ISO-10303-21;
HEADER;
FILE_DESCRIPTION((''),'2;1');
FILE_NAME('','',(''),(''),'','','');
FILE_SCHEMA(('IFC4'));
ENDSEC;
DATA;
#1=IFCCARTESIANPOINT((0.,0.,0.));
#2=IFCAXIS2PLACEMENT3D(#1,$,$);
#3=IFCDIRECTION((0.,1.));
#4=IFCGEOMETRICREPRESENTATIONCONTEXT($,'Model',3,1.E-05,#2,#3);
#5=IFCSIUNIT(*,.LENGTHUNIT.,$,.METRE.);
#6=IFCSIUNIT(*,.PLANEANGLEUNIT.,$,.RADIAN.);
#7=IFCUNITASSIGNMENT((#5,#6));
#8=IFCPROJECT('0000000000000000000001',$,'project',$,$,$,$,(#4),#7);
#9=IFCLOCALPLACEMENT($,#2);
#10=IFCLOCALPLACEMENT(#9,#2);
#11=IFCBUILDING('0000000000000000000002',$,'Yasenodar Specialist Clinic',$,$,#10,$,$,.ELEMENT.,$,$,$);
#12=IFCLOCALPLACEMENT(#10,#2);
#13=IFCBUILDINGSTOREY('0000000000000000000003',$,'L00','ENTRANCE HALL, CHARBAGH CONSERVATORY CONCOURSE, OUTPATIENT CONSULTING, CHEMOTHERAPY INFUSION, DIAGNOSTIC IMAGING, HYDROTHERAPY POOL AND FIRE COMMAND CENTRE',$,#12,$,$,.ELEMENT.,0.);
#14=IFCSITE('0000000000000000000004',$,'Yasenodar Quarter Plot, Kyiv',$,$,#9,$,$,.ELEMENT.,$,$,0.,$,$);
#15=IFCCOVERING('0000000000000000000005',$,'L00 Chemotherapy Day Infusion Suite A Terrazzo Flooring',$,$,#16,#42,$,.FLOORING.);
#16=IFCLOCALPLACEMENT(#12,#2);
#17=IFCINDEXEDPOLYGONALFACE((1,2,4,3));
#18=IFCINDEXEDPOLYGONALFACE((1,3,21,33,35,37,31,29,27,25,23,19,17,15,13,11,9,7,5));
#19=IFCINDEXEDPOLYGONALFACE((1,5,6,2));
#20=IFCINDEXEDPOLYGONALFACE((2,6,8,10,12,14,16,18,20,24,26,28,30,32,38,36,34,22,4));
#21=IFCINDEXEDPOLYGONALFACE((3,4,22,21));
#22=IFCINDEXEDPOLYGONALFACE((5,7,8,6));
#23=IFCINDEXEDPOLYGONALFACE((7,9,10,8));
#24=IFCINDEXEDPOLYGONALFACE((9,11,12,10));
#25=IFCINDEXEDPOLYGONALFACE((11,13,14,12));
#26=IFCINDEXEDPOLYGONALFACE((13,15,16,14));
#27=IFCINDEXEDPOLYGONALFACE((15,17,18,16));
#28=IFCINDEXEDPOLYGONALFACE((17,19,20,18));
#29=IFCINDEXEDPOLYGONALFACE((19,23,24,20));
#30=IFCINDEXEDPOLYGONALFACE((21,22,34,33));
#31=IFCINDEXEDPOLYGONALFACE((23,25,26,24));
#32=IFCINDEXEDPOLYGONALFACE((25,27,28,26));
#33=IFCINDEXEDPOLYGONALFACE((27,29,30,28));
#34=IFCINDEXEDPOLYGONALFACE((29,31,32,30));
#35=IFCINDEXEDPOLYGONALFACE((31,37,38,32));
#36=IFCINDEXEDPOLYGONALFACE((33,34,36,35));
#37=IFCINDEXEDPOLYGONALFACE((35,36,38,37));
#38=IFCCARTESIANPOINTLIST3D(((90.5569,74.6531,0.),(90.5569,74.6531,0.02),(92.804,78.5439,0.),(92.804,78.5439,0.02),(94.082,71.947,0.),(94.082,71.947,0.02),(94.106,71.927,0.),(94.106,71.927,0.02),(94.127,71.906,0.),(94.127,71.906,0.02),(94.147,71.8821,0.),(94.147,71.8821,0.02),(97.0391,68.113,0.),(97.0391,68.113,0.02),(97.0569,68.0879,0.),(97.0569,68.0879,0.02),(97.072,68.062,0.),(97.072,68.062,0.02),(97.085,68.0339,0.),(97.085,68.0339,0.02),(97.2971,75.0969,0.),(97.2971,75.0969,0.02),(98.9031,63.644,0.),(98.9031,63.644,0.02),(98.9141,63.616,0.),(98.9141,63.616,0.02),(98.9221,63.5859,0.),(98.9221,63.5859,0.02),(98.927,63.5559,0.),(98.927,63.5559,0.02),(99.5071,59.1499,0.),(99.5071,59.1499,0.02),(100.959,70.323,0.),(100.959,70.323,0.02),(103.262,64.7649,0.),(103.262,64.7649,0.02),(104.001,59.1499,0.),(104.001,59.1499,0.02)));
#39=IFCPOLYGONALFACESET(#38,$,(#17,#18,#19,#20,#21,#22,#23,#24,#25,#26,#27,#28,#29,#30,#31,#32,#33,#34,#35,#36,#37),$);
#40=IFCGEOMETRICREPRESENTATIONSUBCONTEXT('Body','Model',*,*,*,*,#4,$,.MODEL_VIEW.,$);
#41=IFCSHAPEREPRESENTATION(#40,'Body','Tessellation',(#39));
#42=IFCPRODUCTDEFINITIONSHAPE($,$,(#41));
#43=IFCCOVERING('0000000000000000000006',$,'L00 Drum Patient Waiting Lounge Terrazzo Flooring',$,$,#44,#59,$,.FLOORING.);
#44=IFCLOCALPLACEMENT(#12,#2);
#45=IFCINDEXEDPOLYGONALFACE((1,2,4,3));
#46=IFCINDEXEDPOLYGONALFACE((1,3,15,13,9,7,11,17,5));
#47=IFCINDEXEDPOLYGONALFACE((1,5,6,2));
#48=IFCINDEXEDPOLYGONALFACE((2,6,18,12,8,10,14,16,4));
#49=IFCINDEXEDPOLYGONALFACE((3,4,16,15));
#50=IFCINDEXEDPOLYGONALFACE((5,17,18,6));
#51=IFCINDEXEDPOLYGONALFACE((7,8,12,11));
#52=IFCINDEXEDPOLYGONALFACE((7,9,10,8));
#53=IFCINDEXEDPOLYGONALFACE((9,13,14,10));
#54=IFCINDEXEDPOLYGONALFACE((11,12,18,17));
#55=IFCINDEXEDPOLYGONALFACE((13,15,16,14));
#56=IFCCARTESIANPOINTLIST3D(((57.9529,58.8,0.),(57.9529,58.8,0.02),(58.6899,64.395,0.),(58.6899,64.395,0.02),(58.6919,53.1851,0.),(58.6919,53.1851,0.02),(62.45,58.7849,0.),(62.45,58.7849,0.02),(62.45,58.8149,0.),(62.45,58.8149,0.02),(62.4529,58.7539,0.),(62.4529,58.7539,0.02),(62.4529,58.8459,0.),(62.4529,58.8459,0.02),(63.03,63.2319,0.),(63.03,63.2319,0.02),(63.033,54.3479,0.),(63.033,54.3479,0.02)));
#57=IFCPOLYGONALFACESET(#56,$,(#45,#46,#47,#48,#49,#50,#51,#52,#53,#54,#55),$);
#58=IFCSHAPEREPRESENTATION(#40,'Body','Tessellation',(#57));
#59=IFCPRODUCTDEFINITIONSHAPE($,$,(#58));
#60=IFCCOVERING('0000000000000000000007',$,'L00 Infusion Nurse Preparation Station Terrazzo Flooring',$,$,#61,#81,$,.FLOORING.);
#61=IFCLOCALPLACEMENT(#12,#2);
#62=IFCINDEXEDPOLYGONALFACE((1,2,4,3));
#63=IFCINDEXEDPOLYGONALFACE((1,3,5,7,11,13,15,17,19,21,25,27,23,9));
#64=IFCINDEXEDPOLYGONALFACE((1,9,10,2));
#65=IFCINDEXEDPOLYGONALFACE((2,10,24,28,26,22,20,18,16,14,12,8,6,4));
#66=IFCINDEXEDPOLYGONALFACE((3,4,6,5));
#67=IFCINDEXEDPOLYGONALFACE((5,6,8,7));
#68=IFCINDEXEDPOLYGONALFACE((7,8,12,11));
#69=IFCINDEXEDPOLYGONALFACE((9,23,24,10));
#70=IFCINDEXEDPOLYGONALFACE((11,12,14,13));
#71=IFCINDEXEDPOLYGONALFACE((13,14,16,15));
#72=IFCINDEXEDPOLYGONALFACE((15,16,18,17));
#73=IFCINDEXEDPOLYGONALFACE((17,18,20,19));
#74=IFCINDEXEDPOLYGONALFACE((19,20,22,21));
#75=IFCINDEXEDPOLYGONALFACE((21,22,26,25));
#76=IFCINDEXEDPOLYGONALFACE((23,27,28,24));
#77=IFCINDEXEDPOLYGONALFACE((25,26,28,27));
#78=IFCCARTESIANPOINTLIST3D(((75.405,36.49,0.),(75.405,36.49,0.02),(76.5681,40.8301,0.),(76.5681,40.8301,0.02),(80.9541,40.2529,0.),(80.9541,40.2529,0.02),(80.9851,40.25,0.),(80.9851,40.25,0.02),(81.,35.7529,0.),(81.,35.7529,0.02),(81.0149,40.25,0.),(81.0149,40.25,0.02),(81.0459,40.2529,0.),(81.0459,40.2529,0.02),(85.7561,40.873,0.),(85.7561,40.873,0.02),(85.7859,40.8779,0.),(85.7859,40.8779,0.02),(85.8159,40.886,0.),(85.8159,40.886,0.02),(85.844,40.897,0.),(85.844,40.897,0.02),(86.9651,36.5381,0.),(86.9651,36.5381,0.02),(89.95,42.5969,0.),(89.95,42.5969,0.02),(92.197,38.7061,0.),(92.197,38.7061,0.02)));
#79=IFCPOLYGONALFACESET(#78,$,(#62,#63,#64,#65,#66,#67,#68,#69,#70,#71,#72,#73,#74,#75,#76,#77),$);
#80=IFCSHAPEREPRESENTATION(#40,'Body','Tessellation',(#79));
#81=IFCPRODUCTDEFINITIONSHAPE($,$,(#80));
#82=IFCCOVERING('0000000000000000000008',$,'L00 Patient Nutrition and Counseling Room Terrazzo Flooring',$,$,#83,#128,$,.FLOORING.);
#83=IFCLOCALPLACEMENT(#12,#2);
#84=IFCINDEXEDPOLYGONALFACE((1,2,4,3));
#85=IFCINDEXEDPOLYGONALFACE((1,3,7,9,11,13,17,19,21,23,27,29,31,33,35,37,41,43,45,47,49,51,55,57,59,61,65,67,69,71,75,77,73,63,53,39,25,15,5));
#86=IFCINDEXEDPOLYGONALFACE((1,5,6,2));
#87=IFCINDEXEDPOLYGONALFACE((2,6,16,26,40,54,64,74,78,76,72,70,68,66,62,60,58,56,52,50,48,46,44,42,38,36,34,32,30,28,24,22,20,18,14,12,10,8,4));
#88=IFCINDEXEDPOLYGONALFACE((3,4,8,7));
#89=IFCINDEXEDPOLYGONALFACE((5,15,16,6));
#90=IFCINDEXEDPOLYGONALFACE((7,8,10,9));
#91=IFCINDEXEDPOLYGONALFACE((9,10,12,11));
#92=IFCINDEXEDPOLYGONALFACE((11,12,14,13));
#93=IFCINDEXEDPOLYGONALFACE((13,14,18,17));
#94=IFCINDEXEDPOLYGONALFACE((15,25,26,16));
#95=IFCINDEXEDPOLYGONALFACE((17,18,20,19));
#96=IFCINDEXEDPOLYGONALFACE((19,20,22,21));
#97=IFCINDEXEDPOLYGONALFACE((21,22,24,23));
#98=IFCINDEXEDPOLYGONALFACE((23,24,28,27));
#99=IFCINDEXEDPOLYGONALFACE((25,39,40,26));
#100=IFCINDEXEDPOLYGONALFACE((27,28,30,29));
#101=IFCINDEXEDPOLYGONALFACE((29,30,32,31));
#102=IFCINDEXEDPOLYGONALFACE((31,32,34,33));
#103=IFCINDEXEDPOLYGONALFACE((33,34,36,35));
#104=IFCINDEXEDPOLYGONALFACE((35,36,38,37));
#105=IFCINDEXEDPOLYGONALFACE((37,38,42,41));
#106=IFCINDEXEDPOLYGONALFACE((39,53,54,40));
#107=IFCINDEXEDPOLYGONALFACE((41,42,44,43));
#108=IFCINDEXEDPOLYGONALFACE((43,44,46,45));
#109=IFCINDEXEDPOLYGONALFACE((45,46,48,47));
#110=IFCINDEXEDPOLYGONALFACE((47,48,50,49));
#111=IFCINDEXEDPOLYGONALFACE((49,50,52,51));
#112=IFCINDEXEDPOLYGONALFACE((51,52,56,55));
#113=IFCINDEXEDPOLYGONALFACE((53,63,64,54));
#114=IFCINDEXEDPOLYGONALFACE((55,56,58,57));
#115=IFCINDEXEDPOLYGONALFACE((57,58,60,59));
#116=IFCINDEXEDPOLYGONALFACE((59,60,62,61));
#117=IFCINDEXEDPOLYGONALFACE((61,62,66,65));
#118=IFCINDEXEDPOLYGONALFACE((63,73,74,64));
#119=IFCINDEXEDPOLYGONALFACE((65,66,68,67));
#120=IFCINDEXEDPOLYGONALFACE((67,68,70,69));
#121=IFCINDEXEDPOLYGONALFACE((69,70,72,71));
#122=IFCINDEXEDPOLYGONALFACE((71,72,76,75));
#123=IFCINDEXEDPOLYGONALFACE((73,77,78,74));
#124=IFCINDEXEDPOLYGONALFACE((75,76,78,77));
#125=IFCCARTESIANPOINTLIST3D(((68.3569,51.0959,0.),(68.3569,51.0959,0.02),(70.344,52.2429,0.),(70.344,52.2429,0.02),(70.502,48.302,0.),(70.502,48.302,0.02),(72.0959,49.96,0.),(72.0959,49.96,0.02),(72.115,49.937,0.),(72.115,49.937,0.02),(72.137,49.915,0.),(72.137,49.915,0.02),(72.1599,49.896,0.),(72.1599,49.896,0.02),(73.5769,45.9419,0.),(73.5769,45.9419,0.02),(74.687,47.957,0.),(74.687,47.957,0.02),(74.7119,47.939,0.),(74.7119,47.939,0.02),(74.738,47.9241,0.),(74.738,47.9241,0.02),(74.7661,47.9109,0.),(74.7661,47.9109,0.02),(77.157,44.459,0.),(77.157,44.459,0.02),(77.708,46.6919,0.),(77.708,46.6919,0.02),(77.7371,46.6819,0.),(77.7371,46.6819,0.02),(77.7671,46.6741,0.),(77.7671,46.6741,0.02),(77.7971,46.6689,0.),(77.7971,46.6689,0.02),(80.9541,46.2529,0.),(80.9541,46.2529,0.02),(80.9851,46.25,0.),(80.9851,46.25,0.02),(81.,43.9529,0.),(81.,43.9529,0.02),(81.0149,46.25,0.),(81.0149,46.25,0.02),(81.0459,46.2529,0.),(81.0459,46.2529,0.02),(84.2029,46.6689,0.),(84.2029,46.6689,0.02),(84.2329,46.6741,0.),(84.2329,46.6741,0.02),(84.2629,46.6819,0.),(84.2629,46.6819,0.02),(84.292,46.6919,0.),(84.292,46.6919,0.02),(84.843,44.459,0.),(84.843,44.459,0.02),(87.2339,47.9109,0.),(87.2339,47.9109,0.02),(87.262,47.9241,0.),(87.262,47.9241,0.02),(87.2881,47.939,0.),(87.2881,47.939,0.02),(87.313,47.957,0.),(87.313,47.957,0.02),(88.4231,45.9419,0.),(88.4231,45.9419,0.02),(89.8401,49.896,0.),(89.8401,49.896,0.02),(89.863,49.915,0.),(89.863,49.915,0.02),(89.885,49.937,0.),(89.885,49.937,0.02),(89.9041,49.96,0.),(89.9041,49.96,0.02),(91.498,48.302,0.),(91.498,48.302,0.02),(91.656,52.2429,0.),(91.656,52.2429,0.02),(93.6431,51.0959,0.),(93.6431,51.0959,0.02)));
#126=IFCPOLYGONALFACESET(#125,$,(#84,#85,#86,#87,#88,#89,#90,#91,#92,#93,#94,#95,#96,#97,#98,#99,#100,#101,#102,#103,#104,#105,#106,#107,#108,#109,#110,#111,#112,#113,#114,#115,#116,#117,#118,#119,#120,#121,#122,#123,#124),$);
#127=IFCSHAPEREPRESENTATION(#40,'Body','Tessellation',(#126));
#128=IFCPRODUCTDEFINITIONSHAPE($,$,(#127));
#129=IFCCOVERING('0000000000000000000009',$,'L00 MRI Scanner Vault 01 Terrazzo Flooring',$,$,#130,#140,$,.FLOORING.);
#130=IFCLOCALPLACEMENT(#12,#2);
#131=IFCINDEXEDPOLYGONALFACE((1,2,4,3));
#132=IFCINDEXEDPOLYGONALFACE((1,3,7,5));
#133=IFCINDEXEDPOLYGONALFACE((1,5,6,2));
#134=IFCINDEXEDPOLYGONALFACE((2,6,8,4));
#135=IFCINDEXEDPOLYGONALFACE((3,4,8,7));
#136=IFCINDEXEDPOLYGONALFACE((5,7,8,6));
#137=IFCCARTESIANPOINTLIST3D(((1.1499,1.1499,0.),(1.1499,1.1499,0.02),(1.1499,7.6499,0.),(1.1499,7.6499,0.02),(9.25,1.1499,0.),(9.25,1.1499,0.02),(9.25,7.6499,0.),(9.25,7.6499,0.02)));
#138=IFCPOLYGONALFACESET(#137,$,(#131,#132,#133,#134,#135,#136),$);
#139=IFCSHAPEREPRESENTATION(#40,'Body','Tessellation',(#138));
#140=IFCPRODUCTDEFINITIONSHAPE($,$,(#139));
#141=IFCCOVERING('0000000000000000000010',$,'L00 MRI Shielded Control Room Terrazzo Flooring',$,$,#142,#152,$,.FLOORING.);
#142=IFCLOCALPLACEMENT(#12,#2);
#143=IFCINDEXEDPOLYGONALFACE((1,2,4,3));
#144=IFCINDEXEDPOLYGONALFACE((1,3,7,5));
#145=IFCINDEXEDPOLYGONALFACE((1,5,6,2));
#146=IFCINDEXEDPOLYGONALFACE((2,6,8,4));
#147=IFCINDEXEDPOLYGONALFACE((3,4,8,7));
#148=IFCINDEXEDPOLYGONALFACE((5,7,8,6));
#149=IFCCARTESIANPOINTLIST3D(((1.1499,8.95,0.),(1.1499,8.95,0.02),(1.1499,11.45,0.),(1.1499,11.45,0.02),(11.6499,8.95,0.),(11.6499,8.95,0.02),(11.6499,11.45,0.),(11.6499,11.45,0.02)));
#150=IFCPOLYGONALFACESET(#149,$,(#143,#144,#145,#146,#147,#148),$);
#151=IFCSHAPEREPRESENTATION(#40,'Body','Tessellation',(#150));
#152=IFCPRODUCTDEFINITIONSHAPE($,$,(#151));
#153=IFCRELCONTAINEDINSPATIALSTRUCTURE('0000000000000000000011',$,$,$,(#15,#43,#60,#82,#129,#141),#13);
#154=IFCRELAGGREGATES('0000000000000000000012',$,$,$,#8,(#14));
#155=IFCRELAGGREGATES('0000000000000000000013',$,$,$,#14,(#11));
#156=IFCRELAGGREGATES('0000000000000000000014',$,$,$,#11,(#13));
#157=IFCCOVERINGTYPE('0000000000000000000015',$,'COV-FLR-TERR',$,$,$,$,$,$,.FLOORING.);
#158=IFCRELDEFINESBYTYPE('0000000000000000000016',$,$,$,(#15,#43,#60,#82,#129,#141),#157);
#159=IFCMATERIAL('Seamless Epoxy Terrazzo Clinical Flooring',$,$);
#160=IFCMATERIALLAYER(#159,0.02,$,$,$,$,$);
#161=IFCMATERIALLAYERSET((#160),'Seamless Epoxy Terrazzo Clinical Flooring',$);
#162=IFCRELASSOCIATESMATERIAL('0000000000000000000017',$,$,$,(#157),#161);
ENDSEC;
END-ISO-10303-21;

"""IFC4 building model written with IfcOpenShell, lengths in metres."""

from ifc_helpers import new_model, si_unit, direction, origin, place, context, subcontext, project, spatial, polyline, outline, extrude, material, layer, layer_set, type_object, element, save


model = new_model("IFC4")

# Units and contexts
model_context = context("Model", 3, precision=1e-05, world=origin(), true_north=direction((0.0, 1.0)))
body_context = subcontext(model_context, "Body", "Model", "MODEL_VIEW")
ifc_project = project(units=[si_unit("LENGTHUNIT", "METRE"), si_unit("PLANEANGLEUNIT", "RADIAN")], contexts=[model_context])

# Site, building, storey
site_placement = place(None, origin())
site = spatial("IfcSite", under=ifc_project, at=site_placement, Name="Yasenodar Quarter Plot, Kyiv", CompositionType="ELEMENT", RefElevation=0.0)
building_placement = place(site_placement, origin())
building = spatial("IfcBuilding", under=site, at=building_placement, Name="Yasenodar Specialist Clinic", CompositionType="ELEMENT")
storey_placement = place(building_placement, origin())
storey = spatial("IfcBuildingStorey", under=building, at=storey_placement, Name="L00", Description="ENTRANCE HALL, CHARBAGH CONSERVATORY CONCOURSE, OUTPATIENT CONSULTING, CHEMOTHERAPY INFUSION, DIAGNOSTIC IMAGING, HYDROTHERAPY POOL AND FIRE COMMAND CENTRE", CompositionType="ELEMENT", Elevation=0.0)

# Coverings
ifc_material_1 = material(Name="Seamless Epoxy Terrazzo Clinical Flooring")
ifc_layer_1 = layer(ifc_material_1, 0.02)
ifc_layer_set_1 = layer_set([ifc_layer_1], Name="Seamless Epoxy Terrazzo Clinical Flooring")
covering_type = type_object("IfcCoveringType", Name="COV-FLR-TERR", PredefinedType="FLOORING", material=ifc_layer_set_1)
covering_1_placement = place(storey_placement, origin())
element("IfcCovering", 1, at=covering_1_placement, inside=storey, type_object=covering_type, Name="L00 Chemotherapy Day Infusion Suite A Terrazzo Flooring", PredefinedType="FLOORING", context=body_context, shape_type="SweptSolid", body=[
    extrude(outline(polyline([(98.9221, 63.5859), (98.9141, 63.616), (98.9031, 63.644), (97.085, 68.0339), (97.072, 68.062), (97.0569, 68.0879), (97.0391, 68.113), (94.147, 71.8821), (94.127, 71.906), (94.106, 71.927), (94.082, 71.947), (90.5569, 74.6531), (92.804, 78.5439), (97.2971, 75.0969), (100.959, 70.323), (103.262, 64.7649), (104.001, 59.1499), (99.5071, 59.1499), (98.927, 63.5559), (98.9221, 63.5859)])), origin(), (0.0, 0.0, 1.0), 0.02),
])
covering_2_placement = place(storey_placement, origin())
element("IfcCovering", 2, at=covering_2_placement, inside=storey, type_object=covering_type, Name="L00 Drum Patient Waiting Lounge Terrazzo Flooring", PredefinedType="FLOORING", context=body_context, shape_type="SweptSolid", body=[
    extrude(outline(polyline([(62.45, 58.7849), (62.4529, 58.7539), (63.033, 54.3479), (58.6919, 53.1851), (57.9529, 58.8), (58.6899, 64.395), (63.03, 63.2319), (62.4529, 58.8459), (62.45, 58.8149), (62.45, 58.7849)])), origin(), (0.0, 0.0, 1.0), 0.02),
])
covering_3_placement = place(storey_placement, origin())
element("IfcCovering", 3, at=covering_3_placement, inside=storey, type_object=covering_type, Name="L00 Infusion Nurse Preparation Station Terrazzo Flooring", PredefinedType="FLOORING", context=body_context, shape_type="SweptSolid", body=[
    extrude(outline(polyline([(81.0149, 40.25), (81.0459, 40.2529), (85.7561, 40.873), (85.7859, 40.8779), (85.8159, 40.886), (85.844, 40.897), (89.95, 42.5969), (92.197, 38.7061), (86.9651, 36.5381), (81.0, 35.7529), (75.405, 36.49), (76.5681, 40.8301), (80.9541, 40.2529), (80.9851, 40.25), (81.0149, 40.25)])), origin(), (0.0, 0.0, 1.0), 0.02),
])
covering_4_placement = place(storey_placement, origin())
element("IfcCovering", 4, at=covering_4_placement, inside=storey, type_object=covering_type, Name="L00 Patient Nutrition and Counseling Room Terrazzo Flooring", PredefinedType="FLOORING", context=body_context, shape_type="SweptSolid", body=[
    extrude(outline(polyline([(72.115, 49.937), (72.137, 49.915), (72.1599, 49.896), (74.687, 47.957), (74.7119, 47.939), (74.738, 47.9241), (74.7661, 47.9109), (77.708, 46.6919), (77.7371, 46.6819), (77.7671, 46.6741), (77.7971, 46.6689), (80.9541, 46.2529), (80.9851, 46.25), (81.0149, 46.25), (81.0459, 46.2529), (84.2029, 46.6689), (84.2329, 46.6741), (84.2629, 46.6819), (84.292, 46.6919), (87.2339, 47.9109), (87.262, 47.9241), (87.2881, 47.939), (87.313, 47.957), (89.8401, 49.896), (89.863, 49.915), (89.885, 49.937), (89.9041, 49.96), (91.656, 52.2429), (93.6431, 51.0959), (91.498, 48.302), (88.4231, 45.9419), (84.843, 44.459), (81.0, 43.9529), (77.157, 44.459), (73.5769, 45.9419), (70.502, 48.302), (68.3569, 51.0959), (70.344, 52.2429), (72.0959, 49.96), (72.115, 49.937)])), origin(), (0.0, 0.0, 1.0), 0.02),
])
covering_5_placement = place(storey_placement, origin())
element("IfcCovering", 5, at=covering_5_placement, inside=storey, type_object=covering_type, Name="L00 MRI Scanner Vault 01 Terrazzo Flooring", PredefinedType="FLOORING", context=body_context, shape_type="SweptSolid", body=[
    extrude(outline(polyline([(9.25, 1.1499), (1.1499, 1.1499), (1.1499, 7.6499), (9.25, 7.6499), (9.25, 1.1499)])), origin(), (0.0, 0.0, 1.0), 0.02),
])
covering_6_placement = place(storey_placement, origin())
element("IfcCovering", 6, at=covering_6_placement, inside=storey, type_object=covering_type, Name="L00 MRI Shielded Control Room Terrazzo Flooring", PredefinedType="FLOORING", context=body_context, shape_type="SweptSolid", body=[
    extrude(outline(polyline([(11.6499, 8.95), (1.1499, 8.95), (1.1499, 11.45), (11.6499, 11.45), (11.6499, 8.95)])), origin(), (0.0, 0.0, 1.0), 0.02),
])

save(model, "model.ifc")
